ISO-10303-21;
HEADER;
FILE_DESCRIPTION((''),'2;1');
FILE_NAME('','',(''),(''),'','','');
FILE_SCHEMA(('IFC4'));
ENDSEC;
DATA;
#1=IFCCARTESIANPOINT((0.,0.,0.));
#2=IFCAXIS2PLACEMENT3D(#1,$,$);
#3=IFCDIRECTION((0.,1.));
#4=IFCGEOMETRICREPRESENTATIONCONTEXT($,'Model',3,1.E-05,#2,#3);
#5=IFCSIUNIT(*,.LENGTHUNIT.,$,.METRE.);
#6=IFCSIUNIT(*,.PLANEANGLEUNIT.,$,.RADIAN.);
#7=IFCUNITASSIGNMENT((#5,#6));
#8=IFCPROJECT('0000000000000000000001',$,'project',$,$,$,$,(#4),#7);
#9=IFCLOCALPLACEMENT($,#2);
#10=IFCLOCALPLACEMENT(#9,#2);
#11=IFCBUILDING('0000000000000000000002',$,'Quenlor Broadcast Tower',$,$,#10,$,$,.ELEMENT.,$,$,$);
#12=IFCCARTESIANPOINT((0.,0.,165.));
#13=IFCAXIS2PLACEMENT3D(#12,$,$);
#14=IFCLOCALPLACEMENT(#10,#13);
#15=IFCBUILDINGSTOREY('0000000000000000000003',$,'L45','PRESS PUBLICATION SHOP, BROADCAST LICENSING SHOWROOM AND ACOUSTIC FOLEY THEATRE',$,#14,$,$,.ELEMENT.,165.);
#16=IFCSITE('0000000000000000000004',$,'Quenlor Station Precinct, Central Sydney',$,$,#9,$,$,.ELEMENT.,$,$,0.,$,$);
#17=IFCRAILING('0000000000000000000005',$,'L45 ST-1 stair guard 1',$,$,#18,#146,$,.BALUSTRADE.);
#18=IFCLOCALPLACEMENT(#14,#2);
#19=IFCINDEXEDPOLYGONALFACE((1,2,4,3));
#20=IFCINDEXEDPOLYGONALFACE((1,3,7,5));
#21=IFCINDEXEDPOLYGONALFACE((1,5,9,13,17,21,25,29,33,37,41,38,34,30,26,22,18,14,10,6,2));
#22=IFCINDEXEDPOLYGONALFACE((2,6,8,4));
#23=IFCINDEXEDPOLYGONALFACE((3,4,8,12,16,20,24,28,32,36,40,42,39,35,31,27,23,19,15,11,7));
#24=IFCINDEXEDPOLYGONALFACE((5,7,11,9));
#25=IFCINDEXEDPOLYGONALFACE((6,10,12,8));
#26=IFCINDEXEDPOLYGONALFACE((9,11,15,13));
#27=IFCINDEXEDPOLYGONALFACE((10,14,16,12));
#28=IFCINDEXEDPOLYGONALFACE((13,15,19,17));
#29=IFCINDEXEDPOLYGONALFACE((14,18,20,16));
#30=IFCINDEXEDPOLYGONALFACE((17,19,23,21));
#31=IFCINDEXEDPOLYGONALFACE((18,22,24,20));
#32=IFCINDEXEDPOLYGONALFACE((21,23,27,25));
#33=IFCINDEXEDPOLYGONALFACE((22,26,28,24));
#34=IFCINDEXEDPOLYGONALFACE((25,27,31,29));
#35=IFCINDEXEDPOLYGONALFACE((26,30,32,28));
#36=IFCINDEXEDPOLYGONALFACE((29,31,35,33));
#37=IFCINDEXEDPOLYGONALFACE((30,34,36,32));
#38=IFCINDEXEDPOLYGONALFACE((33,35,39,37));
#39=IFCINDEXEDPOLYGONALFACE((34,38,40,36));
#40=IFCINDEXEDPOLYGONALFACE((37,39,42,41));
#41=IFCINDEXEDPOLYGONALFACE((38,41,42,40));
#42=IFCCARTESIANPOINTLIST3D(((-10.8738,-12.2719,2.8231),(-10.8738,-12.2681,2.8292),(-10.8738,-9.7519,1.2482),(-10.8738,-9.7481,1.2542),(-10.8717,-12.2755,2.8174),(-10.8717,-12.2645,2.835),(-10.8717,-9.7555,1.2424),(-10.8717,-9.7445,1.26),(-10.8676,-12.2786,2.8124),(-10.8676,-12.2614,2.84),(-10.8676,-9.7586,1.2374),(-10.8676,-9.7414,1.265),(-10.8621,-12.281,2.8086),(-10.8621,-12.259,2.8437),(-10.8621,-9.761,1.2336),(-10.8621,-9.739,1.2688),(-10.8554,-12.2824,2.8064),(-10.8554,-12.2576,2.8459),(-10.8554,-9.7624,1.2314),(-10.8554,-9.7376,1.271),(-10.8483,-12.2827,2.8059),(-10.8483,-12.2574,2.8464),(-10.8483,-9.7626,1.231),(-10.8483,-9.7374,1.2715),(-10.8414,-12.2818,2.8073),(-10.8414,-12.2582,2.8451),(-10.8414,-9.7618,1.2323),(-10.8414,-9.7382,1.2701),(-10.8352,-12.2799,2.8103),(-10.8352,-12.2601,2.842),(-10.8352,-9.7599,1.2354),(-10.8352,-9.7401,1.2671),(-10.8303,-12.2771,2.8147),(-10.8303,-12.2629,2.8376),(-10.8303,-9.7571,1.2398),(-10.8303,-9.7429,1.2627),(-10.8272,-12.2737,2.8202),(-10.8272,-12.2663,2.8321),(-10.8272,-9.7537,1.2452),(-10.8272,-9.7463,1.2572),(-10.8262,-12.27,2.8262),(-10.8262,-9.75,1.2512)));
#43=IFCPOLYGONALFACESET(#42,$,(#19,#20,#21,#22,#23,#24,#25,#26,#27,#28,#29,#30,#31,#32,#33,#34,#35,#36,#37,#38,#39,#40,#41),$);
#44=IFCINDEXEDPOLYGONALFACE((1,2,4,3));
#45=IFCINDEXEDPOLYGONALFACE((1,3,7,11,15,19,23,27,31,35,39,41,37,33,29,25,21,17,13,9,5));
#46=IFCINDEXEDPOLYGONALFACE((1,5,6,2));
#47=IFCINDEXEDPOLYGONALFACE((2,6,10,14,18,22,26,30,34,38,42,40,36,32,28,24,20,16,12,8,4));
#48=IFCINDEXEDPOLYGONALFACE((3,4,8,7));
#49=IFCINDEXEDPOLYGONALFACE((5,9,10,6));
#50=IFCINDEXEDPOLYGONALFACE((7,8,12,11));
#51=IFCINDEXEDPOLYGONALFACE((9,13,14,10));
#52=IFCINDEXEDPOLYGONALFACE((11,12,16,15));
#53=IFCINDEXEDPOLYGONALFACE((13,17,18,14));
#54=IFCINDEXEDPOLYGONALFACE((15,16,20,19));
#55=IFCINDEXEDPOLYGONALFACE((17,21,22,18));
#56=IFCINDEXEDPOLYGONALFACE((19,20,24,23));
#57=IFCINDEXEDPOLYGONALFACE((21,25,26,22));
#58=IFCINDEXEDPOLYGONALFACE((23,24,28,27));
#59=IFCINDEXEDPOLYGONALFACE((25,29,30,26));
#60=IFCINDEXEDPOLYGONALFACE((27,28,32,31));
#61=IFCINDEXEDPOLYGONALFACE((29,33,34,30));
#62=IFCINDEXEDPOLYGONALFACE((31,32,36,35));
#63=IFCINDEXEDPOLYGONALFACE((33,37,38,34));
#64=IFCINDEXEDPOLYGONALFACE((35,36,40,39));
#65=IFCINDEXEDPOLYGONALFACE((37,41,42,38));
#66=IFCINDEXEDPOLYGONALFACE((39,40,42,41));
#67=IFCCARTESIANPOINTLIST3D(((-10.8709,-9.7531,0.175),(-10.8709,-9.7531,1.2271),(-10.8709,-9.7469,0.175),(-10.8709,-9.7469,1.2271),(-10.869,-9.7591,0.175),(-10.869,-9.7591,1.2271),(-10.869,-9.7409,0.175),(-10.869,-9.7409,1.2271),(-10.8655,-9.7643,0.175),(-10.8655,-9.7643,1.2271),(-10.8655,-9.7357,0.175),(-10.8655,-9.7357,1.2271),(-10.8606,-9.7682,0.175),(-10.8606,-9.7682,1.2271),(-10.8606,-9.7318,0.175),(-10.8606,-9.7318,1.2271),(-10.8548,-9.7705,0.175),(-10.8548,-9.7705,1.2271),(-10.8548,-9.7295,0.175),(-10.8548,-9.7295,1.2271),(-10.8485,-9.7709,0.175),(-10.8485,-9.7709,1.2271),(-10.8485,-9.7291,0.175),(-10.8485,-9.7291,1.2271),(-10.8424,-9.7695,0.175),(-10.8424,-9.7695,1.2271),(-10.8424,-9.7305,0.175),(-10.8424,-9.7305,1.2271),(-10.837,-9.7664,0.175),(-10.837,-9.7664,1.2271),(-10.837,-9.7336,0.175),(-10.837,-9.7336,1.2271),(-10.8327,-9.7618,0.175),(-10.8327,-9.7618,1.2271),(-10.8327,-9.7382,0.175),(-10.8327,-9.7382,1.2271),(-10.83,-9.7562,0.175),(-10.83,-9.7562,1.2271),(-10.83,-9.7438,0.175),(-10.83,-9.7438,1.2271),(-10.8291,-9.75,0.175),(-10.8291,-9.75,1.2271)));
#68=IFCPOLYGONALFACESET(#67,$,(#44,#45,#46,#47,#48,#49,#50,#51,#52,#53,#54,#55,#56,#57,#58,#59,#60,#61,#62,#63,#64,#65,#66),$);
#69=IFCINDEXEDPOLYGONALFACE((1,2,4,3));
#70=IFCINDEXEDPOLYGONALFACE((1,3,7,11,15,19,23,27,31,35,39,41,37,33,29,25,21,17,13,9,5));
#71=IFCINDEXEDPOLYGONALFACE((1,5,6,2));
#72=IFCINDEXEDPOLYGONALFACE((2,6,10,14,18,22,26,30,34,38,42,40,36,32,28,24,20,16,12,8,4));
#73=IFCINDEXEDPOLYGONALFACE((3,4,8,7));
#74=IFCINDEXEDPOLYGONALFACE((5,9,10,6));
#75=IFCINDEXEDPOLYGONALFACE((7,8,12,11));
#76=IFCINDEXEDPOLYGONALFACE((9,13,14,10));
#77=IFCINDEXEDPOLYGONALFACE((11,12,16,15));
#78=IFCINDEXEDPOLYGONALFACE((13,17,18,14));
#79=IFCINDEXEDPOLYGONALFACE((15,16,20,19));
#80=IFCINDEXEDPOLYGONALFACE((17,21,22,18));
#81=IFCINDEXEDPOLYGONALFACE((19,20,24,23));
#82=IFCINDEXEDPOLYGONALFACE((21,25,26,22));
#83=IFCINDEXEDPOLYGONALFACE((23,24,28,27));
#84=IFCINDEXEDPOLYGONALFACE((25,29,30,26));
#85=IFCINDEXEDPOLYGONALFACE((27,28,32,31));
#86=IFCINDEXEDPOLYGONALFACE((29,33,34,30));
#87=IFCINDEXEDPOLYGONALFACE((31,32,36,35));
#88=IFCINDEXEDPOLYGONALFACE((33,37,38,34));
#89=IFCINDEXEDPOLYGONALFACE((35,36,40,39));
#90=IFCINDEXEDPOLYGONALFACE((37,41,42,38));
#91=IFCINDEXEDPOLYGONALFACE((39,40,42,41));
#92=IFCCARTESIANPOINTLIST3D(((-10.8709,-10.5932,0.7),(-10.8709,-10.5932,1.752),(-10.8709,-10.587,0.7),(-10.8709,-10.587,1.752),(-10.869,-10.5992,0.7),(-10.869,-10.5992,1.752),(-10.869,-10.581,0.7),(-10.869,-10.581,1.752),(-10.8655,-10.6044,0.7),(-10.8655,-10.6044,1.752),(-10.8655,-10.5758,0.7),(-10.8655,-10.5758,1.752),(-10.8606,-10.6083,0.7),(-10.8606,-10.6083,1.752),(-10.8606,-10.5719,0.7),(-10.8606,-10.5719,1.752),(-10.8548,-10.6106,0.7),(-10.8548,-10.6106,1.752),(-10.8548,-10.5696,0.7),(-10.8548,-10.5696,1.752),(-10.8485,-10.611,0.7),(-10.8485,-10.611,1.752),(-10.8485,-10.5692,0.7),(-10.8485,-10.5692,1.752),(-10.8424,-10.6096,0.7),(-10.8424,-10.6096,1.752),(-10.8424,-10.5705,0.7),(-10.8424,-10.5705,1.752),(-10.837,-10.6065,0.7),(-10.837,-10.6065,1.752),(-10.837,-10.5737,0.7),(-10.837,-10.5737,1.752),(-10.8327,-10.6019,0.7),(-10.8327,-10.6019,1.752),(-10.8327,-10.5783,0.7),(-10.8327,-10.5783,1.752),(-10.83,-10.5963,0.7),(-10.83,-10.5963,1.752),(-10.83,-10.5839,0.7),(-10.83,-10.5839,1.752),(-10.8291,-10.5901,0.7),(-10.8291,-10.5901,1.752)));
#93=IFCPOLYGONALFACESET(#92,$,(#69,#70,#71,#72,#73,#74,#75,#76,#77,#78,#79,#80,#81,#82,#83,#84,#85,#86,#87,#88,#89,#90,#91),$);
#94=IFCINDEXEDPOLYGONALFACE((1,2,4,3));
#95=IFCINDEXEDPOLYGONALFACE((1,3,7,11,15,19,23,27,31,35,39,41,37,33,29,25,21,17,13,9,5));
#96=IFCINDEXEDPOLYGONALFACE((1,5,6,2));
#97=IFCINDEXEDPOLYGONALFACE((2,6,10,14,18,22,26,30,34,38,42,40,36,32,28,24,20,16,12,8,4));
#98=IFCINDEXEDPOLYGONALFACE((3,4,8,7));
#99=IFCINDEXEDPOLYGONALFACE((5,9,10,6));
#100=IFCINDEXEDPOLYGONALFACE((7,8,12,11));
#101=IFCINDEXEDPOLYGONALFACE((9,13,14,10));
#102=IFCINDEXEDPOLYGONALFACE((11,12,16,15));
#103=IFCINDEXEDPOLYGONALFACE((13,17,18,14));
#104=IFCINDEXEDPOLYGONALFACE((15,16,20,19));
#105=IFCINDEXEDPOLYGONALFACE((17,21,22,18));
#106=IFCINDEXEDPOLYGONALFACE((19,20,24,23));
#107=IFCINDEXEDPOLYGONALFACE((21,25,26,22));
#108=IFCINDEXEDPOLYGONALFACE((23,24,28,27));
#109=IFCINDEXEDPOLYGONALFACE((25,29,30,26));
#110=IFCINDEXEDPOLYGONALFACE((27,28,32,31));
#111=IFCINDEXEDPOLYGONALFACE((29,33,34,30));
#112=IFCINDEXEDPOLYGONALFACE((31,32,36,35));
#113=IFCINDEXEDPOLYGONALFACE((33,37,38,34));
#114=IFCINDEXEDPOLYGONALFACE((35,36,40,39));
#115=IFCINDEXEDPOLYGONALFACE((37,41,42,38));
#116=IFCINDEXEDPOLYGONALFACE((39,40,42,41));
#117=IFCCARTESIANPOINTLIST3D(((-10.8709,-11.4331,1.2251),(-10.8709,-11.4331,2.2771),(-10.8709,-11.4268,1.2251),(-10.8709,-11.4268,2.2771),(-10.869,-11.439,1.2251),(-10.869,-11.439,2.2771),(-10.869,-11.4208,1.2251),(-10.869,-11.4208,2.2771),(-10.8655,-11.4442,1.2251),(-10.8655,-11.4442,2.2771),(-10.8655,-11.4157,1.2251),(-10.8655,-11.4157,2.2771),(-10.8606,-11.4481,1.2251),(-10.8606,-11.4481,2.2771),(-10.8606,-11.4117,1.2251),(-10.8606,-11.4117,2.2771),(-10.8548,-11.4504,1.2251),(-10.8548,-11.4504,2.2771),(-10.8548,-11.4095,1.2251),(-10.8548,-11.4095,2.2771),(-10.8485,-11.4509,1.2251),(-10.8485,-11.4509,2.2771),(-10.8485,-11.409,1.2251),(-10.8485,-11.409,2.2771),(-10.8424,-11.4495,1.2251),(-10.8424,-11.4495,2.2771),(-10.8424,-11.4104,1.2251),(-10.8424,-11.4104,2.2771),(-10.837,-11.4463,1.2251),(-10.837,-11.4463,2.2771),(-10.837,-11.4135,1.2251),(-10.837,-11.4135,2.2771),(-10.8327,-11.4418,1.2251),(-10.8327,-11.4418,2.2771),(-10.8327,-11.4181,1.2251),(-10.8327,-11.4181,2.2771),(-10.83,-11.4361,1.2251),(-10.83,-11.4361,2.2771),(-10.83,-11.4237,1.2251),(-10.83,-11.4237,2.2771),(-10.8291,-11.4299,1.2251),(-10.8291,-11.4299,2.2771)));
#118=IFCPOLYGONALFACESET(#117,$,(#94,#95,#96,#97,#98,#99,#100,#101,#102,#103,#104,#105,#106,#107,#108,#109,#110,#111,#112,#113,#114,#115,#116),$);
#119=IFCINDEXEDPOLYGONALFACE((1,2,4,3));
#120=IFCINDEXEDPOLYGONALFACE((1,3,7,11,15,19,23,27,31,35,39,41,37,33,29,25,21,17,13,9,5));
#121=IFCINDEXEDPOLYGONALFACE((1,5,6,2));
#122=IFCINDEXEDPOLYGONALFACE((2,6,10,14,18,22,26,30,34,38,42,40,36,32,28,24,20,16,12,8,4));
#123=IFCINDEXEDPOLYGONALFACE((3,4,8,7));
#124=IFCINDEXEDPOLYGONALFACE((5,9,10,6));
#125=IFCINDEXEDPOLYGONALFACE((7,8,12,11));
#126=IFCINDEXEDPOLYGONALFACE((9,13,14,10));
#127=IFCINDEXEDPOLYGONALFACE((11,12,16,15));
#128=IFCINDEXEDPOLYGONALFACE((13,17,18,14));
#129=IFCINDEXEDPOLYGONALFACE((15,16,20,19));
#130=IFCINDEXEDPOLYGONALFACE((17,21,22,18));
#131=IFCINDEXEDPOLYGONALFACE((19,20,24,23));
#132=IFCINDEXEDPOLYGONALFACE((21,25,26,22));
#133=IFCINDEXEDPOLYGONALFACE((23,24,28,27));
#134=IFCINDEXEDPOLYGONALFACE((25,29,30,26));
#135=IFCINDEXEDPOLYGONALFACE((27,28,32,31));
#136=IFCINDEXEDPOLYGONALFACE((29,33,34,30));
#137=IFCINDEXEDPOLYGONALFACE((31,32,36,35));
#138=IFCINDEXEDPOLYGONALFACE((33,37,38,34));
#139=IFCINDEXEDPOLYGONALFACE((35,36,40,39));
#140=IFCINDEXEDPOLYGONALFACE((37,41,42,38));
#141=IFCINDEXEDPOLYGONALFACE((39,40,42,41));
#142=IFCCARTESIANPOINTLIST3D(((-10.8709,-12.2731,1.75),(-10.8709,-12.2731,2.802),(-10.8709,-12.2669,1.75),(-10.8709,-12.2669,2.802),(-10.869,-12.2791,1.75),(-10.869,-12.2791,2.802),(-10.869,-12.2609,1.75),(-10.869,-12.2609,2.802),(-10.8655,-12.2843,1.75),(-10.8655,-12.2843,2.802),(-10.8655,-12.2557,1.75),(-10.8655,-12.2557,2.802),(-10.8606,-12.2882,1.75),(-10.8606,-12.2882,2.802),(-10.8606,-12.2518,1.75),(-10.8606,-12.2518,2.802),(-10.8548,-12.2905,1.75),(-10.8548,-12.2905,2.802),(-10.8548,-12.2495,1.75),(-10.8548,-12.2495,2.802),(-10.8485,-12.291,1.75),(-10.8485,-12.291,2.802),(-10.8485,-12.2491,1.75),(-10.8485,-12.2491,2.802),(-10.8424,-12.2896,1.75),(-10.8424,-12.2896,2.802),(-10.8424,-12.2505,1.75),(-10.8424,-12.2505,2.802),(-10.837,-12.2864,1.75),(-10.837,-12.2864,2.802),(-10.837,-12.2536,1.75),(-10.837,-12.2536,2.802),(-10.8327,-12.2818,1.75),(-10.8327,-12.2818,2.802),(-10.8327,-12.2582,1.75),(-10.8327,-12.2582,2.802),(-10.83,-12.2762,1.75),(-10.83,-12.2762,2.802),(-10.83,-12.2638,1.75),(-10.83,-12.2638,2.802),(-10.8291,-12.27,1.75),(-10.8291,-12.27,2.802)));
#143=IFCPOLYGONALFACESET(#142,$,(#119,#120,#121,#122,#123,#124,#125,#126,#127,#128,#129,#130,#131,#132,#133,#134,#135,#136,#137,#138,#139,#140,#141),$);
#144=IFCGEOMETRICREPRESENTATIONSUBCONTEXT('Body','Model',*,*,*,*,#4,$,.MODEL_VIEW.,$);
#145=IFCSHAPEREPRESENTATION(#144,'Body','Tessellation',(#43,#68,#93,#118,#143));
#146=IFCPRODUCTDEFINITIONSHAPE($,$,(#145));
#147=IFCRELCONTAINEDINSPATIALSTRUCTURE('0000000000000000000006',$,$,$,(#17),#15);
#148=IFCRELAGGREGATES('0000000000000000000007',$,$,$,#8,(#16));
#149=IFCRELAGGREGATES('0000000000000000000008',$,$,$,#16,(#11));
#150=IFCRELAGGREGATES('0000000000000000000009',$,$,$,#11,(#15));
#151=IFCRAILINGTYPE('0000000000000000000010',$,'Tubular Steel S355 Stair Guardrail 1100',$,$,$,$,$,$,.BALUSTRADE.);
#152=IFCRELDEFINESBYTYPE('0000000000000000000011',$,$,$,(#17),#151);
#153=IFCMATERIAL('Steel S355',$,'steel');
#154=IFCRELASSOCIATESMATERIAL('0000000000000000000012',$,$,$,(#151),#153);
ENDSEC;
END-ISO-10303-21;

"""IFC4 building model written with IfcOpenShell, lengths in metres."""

from ifc_helpers import new_model, si_unit, direction, frame, origin, origin_2d, place, context, subcontext, project, spatial, circle, extrude, material, type_object, element, save


model = new_model("IFC4")

# Units and contexts
model_context = context("Model", 3, precision=1e-05, world=origin(), true_north=direction((0.0, 1.0)))
body_context = subcontext(model_context, "Body", "Model", "MODEL_VIEW")
ifc_project = project(units=[si_unit("LENGTHUNIT", "METRE"), si_unit("PLANEANGLEUNIT", "RADIAN")], contexts=[model_context])

# Site, building, storey
site_placement = place(None, origin())
site = spatial("IfcSite", under=ifc_project, at=site_placement, Name="Quenlor Station Precinct, Central Sydney", CompositionType="ELEMENT", RefElevation=0.0)
building_placement = place(site_placement, origin())
building = spatial("IfcBuilding", under=site, at=building_placement, Name="Quenlor Broadcast Tower", CompositionType="ELEMENT")
storey_placement = place(building_placement, frame((0.0, 0.0, 165.0)))
storey = spatial("IfcBuildingStorey", under=building, at=storey_placement, Name="L45", Description="PRESS PUBLICATION SHOP, BROADCAST LICENSING SHOWROOM AND ACOUSTIC FOLEY THEATRE", CompositionType="ELEMENT", Elevation=165.0)

# Railing
ifc_material_1 = material(Name="Steel S355", Category="steel")
railing_type_1 = type_object("IfcRailingType", Name="Tubular Steel S355 Stair Guardrail 1100", PredefinedType="BALUSTRADE", material=ifc_material_1)
railing_1_placement = place(storey_placement, frame((-10.8501, -9.75, 0.175)))
element("IfcRailing", 1, at=railing_1_placement, inside=storey, type_object=railing_type_1, Name="L45 ST-1 stair guard 1", PredefinedType="BALUSTRADE", context=body_context, shape_type="SweptSolid", body=[
    extrude(circle(Radius=0.0239, at=origin_2d()), frame((0.0, 0.0, 1.0762), z_axis=(0.0, -0.848008, 0.529984), x_axis=(1.0, 0.0, 0.0)), (0.0, 0.0, 1.0), 2.9717),
    extrude(circle(Radius=0.021, at=origin_2d()), origin(), (0.0, 0.0, 1.0), 1.052),
    extrude(circle(Radius=0.021, at=origin_2d()), frame((0.0, -0.8401, 0.5249)), (0.0, 0.0, 1.0), 1.052),
    extrude(circle(Radius=0.021, at=origin_2d()), frame((0.0, -1.6799, 1.05)), (0.0, 0.0, 1.0), 1.052),
    extrude(circle(Radius=0.021, at=origin_2d()), frame((0.0, -2.52, 1.575)), (0.0, 0.0, 1.0), 1.052),
])

save(model, "model.ifc")
